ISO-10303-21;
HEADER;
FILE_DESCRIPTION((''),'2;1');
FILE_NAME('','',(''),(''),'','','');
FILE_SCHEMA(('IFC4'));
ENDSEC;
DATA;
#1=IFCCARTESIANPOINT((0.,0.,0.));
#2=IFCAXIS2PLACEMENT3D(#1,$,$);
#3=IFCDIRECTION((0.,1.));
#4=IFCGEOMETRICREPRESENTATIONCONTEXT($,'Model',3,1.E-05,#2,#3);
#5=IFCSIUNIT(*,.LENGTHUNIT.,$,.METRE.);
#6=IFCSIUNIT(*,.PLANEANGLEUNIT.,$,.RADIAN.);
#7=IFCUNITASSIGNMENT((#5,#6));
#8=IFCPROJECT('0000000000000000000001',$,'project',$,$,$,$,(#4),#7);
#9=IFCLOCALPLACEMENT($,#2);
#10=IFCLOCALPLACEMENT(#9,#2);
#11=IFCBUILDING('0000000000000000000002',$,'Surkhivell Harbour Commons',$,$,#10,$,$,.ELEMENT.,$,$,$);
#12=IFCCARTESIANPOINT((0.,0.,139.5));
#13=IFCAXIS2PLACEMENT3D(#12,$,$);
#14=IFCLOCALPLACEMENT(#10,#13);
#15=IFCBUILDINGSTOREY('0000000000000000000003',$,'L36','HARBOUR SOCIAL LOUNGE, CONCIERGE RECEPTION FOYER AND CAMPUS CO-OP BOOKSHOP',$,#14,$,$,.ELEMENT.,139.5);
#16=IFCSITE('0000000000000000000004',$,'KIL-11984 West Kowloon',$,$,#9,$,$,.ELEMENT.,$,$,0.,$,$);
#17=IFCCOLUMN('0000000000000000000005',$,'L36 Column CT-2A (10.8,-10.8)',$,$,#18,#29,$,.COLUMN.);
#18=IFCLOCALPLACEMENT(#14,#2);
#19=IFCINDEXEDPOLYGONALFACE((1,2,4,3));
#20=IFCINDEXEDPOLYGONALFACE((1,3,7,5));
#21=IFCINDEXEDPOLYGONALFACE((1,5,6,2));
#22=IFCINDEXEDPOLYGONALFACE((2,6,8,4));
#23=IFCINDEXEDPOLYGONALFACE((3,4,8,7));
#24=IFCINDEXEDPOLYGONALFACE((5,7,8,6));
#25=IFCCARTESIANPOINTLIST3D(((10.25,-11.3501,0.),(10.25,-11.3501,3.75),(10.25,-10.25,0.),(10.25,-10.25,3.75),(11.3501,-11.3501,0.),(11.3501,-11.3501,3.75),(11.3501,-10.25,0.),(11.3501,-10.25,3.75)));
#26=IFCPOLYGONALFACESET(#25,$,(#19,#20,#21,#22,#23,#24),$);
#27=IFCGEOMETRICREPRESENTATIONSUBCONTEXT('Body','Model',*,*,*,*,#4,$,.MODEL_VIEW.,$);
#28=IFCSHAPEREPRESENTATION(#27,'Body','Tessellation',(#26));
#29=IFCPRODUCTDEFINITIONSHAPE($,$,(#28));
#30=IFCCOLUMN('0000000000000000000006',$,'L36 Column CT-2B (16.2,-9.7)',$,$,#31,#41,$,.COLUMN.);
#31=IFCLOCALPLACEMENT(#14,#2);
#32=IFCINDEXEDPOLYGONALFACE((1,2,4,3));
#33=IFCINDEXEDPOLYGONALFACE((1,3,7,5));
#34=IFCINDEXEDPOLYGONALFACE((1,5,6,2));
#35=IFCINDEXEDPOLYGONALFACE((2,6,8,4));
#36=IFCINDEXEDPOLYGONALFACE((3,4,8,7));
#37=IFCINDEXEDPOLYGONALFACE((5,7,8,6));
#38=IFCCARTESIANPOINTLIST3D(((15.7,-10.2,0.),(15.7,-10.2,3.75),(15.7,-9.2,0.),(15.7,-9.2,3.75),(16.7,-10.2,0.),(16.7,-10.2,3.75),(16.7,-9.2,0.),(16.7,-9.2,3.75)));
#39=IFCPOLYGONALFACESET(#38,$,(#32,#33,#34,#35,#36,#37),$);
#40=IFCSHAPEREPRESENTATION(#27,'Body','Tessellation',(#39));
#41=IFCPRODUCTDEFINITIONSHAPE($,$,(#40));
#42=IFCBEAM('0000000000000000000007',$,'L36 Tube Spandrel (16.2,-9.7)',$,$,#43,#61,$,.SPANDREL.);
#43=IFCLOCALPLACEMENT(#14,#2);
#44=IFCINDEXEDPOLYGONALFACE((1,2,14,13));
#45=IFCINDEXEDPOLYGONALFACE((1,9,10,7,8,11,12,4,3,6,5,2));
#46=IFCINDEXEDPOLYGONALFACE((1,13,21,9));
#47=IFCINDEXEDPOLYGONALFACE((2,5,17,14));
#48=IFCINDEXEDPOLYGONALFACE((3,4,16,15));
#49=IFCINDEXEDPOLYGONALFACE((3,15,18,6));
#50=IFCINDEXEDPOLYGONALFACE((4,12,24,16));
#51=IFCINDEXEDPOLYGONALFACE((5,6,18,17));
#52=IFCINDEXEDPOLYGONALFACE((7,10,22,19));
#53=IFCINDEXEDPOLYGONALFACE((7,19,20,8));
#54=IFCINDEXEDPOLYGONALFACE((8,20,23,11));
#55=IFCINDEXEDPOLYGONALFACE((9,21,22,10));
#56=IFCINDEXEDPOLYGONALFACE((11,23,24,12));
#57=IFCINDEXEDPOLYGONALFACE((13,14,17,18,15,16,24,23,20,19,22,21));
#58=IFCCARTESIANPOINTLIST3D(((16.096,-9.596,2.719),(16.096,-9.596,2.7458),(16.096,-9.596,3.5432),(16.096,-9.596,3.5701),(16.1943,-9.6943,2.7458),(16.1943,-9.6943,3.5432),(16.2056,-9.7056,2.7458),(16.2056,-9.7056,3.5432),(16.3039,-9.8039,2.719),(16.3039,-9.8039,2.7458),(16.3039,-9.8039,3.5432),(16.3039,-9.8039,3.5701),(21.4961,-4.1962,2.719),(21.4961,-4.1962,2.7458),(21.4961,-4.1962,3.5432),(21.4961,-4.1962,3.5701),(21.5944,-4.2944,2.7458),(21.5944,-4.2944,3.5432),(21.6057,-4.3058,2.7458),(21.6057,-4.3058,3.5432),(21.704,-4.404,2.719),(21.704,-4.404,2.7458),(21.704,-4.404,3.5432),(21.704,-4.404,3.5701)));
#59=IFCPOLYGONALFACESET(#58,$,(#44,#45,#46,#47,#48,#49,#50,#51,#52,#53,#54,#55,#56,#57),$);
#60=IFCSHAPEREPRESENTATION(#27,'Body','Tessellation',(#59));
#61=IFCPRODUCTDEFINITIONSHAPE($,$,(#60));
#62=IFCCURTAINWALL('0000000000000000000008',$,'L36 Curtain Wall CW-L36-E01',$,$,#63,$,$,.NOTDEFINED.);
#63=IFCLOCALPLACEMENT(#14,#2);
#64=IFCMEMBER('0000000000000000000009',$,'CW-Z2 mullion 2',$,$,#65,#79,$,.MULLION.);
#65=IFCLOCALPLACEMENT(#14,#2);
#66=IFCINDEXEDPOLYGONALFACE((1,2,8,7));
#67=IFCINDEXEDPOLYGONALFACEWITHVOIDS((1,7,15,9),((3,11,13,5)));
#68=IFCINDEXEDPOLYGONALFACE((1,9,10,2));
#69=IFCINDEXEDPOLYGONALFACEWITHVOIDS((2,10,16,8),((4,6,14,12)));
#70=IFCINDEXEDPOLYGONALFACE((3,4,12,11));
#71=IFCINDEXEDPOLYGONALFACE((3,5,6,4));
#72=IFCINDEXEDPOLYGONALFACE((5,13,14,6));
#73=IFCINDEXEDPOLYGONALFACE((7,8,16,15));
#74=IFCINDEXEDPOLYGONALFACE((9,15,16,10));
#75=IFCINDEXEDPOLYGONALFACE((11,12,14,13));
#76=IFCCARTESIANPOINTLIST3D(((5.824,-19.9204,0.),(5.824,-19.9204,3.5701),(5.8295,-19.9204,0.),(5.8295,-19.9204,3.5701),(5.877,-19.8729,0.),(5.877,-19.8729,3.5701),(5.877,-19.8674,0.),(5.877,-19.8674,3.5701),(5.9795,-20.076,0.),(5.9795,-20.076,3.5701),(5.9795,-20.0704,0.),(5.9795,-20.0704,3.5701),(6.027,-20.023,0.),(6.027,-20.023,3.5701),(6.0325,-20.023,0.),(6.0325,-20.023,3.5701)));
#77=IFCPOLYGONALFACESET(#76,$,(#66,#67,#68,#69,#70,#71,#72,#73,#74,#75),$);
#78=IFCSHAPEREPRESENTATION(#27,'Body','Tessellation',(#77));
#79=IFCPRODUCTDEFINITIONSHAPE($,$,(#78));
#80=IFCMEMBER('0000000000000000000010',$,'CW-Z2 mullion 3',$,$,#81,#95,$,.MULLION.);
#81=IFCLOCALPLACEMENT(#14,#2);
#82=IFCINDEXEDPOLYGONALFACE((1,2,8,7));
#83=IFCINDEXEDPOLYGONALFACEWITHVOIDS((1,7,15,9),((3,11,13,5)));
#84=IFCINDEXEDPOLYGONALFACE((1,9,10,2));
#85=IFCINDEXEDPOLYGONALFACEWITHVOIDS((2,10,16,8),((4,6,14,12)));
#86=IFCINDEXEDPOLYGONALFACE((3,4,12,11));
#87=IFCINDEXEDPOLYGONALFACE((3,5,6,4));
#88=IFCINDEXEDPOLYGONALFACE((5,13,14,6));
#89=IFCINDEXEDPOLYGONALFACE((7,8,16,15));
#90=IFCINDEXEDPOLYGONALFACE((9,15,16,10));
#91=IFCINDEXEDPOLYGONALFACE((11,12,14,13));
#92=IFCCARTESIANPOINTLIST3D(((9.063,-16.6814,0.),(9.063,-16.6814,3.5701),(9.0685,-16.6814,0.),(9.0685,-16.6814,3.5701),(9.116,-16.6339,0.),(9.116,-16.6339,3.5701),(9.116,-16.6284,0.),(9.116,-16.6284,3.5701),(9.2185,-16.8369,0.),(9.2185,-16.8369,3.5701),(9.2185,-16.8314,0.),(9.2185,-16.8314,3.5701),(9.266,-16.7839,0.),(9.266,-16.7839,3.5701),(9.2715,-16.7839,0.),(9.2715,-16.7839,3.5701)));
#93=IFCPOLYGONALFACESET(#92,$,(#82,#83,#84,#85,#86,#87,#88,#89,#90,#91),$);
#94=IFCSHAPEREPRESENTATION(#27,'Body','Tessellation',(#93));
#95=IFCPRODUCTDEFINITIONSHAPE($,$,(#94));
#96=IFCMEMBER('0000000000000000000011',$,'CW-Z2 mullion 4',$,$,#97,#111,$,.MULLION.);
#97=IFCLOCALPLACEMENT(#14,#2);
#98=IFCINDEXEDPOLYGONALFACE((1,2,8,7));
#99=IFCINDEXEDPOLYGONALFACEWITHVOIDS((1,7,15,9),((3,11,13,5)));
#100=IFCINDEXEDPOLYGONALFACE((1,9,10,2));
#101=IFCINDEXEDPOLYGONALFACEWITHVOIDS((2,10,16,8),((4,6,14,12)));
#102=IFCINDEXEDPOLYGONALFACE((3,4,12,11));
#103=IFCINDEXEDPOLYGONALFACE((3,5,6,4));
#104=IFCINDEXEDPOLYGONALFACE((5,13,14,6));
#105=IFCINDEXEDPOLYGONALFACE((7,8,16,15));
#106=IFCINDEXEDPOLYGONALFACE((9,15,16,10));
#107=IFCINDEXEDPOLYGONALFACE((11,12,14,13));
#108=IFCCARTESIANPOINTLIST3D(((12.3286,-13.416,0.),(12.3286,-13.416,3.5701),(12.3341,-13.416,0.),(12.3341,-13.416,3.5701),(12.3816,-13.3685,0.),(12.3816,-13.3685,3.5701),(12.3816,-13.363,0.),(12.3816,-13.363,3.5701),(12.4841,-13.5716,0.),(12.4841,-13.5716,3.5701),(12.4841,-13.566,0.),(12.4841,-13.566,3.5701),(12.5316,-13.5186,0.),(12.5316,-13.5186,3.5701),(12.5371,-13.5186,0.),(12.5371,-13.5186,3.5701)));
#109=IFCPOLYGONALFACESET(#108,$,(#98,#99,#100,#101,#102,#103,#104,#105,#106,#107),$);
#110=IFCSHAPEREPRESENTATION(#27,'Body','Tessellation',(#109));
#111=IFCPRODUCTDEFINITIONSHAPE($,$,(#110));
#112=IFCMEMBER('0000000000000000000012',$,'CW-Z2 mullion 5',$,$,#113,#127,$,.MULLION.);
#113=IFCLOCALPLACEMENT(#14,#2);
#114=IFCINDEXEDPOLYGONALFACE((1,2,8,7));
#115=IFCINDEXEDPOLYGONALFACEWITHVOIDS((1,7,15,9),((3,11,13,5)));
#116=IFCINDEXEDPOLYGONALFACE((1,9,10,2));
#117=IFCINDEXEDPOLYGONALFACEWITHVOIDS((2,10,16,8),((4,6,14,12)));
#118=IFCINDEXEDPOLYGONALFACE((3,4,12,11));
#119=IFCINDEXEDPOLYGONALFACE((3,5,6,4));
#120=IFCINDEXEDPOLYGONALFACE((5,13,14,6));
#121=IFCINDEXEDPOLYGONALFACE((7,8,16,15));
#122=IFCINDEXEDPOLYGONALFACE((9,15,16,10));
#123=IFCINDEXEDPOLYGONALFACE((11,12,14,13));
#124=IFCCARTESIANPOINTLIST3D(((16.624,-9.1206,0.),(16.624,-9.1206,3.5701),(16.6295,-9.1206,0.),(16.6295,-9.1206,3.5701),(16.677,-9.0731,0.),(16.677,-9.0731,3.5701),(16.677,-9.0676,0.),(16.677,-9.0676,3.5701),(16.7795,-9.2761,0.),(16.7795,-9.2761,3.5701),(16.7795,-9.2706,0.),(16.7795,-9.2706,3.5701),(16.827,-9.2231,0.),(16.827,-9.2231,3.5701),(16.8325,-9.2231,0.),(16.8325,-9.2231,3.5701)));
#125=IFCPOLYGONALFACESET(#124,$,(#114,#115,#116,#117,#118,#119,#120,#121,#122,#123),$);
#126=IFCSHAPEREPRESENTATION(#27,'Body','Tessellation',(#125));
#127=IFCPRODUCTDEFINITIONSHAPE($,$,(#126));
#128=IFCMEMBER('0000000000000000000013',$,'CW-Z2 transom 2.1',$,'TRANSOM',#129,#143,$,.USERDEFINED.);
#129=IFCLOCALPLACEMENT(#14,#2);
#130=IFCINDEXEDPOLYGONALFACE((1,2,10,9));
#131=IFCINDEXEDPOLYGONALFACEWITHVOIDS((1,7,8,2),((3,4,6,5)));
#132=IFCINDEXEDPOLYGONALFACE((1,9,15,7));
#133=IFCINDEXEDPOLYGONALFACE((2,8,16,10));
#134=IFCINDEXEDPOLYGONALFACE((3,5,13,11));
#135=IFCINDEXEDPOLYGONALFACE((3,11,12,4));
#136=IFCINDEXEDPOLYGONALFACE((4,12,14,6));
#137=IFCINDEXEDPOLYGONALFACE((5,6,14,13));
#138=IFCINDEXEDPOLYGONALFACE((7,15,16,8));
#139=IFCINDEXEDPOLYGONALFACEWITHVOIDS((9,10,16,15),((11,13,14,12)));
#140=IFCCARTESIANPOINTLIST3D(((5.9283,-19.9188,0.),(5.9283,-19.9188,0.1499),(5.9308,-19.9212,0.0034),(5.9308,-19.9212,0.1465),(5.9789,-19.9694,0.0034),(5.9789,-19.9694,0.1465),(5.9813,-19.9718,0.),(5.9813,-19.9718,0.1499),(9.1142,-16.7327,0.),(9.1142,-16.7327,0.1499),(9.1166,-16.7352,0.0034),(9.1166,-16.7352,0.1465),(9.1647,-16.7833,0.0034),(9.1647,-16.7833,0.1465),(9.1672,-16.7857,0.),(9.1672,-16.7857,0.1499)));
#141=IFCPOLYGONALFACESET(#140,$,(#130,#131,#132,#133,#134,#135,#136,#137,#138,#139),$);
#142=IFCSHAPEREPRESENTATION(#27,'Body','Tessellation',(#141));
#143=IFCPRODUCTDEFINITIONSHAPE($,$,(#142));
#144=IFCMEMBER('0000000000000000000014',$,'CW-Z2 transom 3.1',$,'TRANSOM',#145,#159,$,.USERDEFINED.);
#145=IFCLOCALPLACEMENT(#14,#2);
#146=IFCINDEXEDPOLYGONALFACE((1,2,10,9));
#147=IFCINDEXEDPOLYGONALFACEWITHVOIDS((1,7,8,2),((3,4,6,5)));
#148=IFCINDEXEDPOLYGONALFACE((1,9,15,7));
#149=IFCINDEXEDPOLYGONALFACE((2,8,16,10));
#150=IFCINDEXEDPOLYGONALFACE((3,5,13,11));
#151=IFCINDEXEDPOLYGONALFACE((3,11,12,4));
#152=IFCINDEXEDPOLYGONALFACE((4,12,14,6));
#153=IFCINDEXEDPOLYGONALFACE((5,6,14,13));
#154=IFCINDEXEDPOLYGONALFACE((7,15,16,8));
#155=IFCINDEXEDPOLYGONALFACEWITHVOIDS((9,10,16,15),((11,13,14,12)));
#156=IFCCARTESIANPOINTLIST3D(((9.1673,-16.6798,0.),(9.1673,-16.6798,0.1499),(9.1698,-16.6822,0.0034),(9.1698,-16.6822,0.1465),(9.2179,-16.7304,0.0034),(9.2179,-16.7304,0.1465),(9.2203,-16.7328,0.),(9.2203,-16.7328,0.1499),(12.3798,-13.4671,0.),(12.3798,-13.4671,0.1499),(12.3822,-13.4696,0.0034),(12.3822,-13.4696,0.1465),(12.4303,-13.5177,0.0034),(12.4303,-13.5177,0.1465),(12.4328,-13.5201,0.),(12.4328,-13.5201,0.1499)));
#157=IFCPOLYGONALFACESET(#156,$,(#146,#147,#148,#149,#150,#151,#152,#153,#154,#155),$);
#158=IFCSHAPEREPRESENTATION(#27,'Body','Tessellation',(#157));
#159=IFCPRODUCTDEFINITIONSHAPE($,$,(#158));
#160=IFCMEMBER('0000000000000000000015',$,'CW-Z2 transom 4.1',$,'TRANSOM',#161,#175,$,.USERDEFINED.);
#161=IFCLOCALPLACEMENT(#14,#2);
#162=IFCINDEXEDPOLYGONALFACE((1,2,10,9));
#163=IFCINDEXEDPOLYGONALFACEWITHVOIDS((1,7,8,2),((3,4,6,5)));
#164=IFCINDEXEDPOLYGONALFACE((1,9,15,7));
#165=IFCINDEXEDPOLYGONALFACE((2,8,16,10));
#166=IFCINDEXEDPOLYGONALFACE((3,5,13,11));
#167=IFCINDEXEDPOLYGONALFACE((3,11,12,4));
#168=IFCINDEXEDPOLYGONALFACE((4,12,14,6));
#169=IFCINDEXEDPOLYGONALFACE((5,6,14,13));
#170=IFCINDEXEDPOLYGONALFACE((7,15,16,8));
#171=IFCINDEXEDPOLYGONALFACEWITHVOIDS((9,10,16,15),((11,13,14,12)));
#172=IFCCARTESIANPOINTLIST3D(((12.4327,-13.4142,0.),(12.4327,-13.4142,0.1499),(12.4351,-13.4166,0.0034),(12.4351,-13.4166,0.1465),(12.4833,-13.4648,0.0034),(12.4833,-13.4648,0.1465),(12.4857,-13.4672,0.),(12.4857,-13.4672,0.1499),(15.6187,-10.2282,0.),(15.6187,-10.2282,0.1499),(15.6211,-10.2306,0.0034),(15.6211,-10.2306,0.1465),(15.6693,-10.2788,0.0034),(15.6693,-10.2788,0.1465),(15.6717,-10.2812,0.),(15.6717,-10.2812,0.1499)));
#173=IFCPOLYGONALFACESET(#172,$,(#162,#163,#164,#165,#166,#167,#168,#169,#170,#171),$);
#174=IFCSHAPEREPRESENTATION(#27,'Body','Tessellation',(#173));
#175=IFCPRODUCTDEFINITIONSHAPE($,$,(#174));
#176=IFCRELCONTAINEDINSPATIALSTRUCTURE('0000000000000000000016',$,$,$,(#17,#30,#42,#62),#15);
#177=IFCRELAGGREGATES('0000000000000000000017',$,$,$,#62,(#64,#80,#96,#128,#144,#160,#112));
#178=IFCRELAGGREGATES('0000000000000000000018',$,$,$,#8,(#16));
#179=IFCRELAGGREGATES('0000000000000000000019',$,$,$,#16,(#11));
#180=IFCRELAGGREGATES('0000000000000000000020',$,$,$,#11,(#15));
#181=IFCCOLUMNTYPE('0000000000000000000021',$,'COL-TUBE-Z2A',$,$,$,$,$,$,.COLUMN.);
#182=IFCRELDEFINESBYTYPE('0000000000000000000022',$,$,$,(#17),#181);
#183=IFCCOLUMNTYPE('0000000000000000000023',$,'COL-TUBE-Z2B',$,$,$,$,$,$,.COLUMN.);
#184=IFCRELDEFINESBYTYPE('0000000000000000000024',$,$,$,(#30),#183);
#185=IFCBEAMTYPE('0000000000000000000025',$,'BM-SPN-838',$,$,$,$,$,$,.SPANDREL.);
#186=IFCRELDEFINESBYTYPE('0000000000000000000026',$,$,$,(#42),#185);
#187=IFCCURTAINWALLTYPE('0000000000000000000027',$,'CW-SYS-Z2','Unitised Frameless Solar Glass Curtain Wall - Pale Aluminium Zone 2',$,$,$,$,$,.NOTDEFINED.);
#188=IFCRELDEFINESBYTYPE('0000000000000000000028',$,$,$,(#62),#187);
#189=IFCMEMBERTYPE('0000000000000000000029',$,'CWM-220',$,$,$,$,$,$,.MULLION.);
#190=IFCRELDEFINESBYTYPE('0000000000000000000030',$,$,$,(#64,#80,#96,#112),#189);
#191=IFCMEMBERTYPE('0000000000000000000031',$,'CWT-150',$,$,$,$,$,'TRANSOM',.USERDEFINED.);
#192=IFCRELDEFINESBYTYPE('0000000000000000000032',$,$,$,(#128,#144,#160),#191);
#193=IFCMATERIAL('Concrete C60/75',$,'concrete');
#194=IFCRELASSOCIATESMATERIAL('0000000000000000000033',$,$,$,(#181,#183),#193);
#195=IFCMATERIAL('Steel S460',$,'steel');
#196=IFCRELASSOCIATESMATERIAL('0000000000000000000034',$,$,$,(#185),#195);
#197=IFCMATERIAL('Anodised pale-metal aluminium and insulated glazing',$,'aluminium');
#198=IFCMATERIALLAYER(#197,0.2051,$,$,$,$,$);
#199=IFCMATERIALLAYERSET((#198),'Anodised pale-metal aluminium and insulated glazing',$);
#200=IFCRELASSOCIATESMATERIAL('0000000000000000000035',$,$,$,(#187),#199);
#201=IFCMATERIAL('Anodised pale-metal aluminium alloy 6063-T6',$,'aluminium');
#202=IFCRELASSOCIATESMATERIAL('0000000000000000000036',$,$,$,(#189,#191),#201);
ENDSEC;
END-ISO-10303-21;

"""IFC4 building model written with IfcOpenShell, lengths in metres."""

from ifc_helpers import new_model, si_unit, direction, frame, origin, origin_2d, place, context, subcontext, project, spatial, rectangle, hollow_rectangle, i_section, extrude, material, layer, layer_set, material_profile, profile_set, type_object, element, aggregate, save


model = new_model("IFC4")

# Units and contexts
model_context = context("Model", 3, precision=1e-05, world=origin(), true_north=direction((0.0, 1.0)))
body_context = subcontext(model_context, "Body", "Model", "MODEL_VIEW")
ifc_project = project(units=[si_unit("LENGTHUNIT", "METRE"), si_unit("PLANEANGLEUNIT", "RADIAN")], contexts=[model_context])

# Site, building, storey
site_placement = place(None, origin())
site = spatial("IfcSite", under=ifc_project, at=site_placement, Name="KIL-11984 West Kowloon", CompositionType="ELEMENT", RefElevation=0.0)
building_placement = place(site_placement, origin())
building = spatial("IfcBuilding", under=site, at=building_placement, Name="Surkhivell Harbour Commons", CompositionType="ELEMENT")
storey_placement = place(building_placement, frame((0.0, 0.0, 139.5)))
storey = spatial("IfcBuildingStorey", under=building, at=storey_placement, Name="L36", Description="HARBOUR SOCIAL LOUNGE, CONCIERGE RECEPTION FOYER AND CAMPUS CO-OP BOOKSHOP", CompositionType="ELEMENT", Elevation=139.5)

# Columns
ifc_material_1 = material(Name="Concrete C60/75", Category="concrete")
ifc_material_profile_1 = material_profile(ifc_material_1, rectangle(XDim=1.1001, YDim=1.1001, at=origin_2d()), Name="RC-COL-1100x1100")
ifc_profile_set_1 = profile_set([ifc_material_profile_1], Name="Concrete C60/75")
column_type_1 = type_object("IfcColumnType", Name="COL-TUBE-Z2A", PredefinedType="COLUMN", material=ifc_profile_set_1)
column_1_placement = place(storey_placement, frame((10.8, -10.8, 0.0), z_axis=(0.0, 0.0, 1.0), x_axis=(1.0, 0.0, 0.0)))
element("IfcColumn", 1, at=column_1_placement, inside=storey, type_object=column_type_1, Name="L36 Column CT-2A (10.8,-10.8)", PredefinedType="COLUMN", context=body_context, shape_type="SweptSolid", body=[
    extrude(rectangle(XDim=1.1001, YDim=1.1001, at=origin_2d()), origin(), (0.0, 0.0, 1.0), 3.75),
])
ifc_material_profile_2 = material_profile(ifc_material_1, rectangle(XDim=1.0, YDim=1.0, at=origin_2d()), Name="RC-COL-1000x1000")
ifc_profile_set_2 = profile_set([ifc_material_profile_2], Name="Concrete C60/75")
column_type_2 = type_object("IfcColumnType", Name="COL-TUBE-Z2B", PredefinedType="COLUMN", material=ifc_profile_set_2)
column_2_placement = place(storey_placement, frame((16.2, -9.7, 0.0), z_axis=(0.0, 0.0, 1.0), x_axis=(1.0, 0.0, 0.0)))
element("IfcColumn", 2, at=column_2_placement, inside=storey, type_object=column_type_2, Name="L36 Column CT-2B (16.2,-9.7)", PredefinedType="COLUMN", context=body_context, shape_type="SweptSolid", body=[
    extrude(rectangle(XDim=1.0, YDim=1.0, at=origin_2d()), origin(), (0.0, 0.0, 1.0), 3.75),
])

# Beam
ifc_material_2 = material(Name="Steel S460", Category="steel")
ifc_material_profile_3 = material_profile(ifc_material_2, i_section(OverallWidth=0.2939, OverallDepth=0.8511, WebThickness=0.0161, FlangeThickness=0.0269, at=origin_2d()), Name="UB838x292x226")
ifc_profile_set_3 = profile_set([ifc_material_profile_3], Name="Steel S460")
beam_type = type_object("IfcBeamType", Name="BM-SPN-838", PredefinedType="SPANDREL", material=ifc_profile_set_3)
beam_placement = place(storey_placement, frame((16.2, -9.7, 3.1445), z_axis=(0.707123, 0.707091, 0.0), x_axis=(-0.707091, 0.707123, 0.0)))
element("IfcBeam", 3, at=beam_placement, inside=storey, type_object=beam_type, Name="L36 Tube Spandrel (16.2,-9.7)", PredefinedType="SPANDREL", context=body_context, shape_type="SweptSolid", body=[
    extrude(i_section(OverallWidth=0.2939, OverallDepth=0.8511, WebThickness=0.0161, FlangeThickness=0.0269, at=origin_2d()), origin(), (0.0, 0.0, 1.0), 7.6367),
])

# Curtain wall, members
ifc_material_3 = material(Name="Anodised pale-metal aluminium and insulated glazing", Category="aluminium")
ifc_layer_1 = layer(ifc_material_3, 0.2051)
ifc_layer_set_1 = layer_set([ifc_layer_1], Name="Anodised pale-metal aluminium and insulated glazing")
curtain_wall_type = type_object("IfcCurtainWallType", Name="CW-SYS-Z2", Description="Unitised Frameless Solar Glass Curtain Wall - Pale Aluminium Zone 2", PredefinedType="NOTDEFINED", material=ifc_layer_set_1)
curtain_wall_placement = place(storey_placement, origin())
curtain_wall = element("IfcCurtainWall", 4, at=curtain_wall_placement, inside=storey, type_object=curtain_wall_type, Name="L36 Curtain Wall CW-L36-E01", PredefinedType="NOTDEFINED")
ifc_material_4 = material(Name="Anodised pale-metal aluminium alloy 6063-T6", Category="aluminium")
ifc_material_profile_4 = material_profile(ifc_material_4, hollow_rectangle(XDim=0.075, YDim=0.22, WallThickness=0.0039, at=origin_2d()), Name="ALU-MULL-75x220")
ifc_profile_set_4 = profile_set([ifc_material_profile_4], Name="Anodised pale-metal aluminium alloy 6063-T6")
member_type_1 = type_object("IfcMemberType", Name="CWM-220", PredefinedType="MULLION", material=ifc_profile_set_4)
member_1_placement = place(storey_placement, frame((5.9282, -19.9717, 0.0), z_axis=(0.0, 0.0, 1.0), x_axis=(0.707107, 0.707107, 0.0)))
member_1 = element("IfcMember", 5, at=member_1_placement, type_object=member_type_1, Name="CW-Z2 mullion 2", PredefinedType="MULLION", context=body_context, shape_type="SweptSolid", body=[
    extrude(hollow_rectangle(XDim=0.075, YDim=0.22, WallThickness=0.0039, at=origin_2d()), origin(), (0.0, 0.0, 1.0), 3.5701),
])
member_2_placement = place(storey_placement, frame((9.1672, -16.7327, 0.0), z_axis=(0.0, 0.0, 1.0), x_axis=(0.707107, 0.707107, 0.0)))
member_2 = element("IfcMember", 6, at=member_2_placement, type_object=member_type_1, Name="CW-Z2 mullion 3", PredefinedType="MULLION", context=body_context, shape_type="SweptSolid", body=[
    extrude(hollow_rectangle(XDim=0.075, YDim=0.22, WallThickness=0.0039, at=origin_2d()), origin(), (0.0, 0.0, 1.0), 3.5701),
])
member_3_placement = place(storey_placement, frame((12.4329, -13.4673, 0.0), z_axis=(0.0, 0.0, 1.0), x_axis=(0.707107, 0.707107, 0.0)))
member_3 = element("IfcMember", 7, at=member_3_placement, type_object=member_type_1, Name="CW-Z2 mullion 4", PredefinedType="MULLION", context=body_context, shape_type="SweptSolid", body=[
    extrude(hollow_rectangle(XDim=0.075, YDim=0.22, WallThickness=0.0039, at=origin_2d()), origin(), (0.0, 0.0, 1.0), 3.5701),
])
member_4_placement = place(storey_placement, frame((16.7283, -9.1719, 0.0), z_axis=(0.0, 0.0, 1.0), x_axis=(0.707107, 0.707107, 0.0)))
member_4 = element("IfcMember", 8, at=member_4_placement, type_object=member_type_1, Name="CW-Z2 mullion 5", PredefinedType="MULLION", context=body_context, shape_type="SweptSolid", body=[
    extrude(hollow_rectangle(XDim=0.075, YDim=0.22, WallThickness=0.0039, at=origin_2d()), origin(), (0.0, 0.0, 1.0), 3.5701),
])
ifc_material_profile_5 = material_profile(ifc_material_4, hollow_rectangle(XDim=0.075, YDim=0.1499, WallThickness=0.0034, at=origin_2d()), Name="ALU-TRAN-75x150")
ifc_profile_set_5 = profile_set([ifc_material_profile_5], Name="Anodised pale-metal aluminium alloy 6063-T6")
member_type_2 = type_object("IfcMemberType", Name="CWT-150", ElementType="TRANSOM", PredefinedType="USERDEFINED", material=ifc_profile_set_5)
member_5_placement = place(storey_placement, frame((5.9548, -19.9453, 0.075), z_axis=(0.70708, 0.707134, 0.0), x_axis=(-0.707134, 0.70708, 0.0)))
member_5 = element("IfcMember", 9, at=member_5_placement, type_object=member_type_2, Name="CW-Z2 transom 2.1", ObjectType="TRANSOM", PredefinedType="USERDEFINED", context=body_context, shape_type="SweptSolid", body=[
    extrude(hollow_rectangle(XDim=0.075, YDim=0.1499, WallThickness=0.0034, at=origin_2d()), origin(), (0.0, 0.0, 1.0), 4.5056),
])
member_6_placement = place(storey_placement, frame((9.1938, -16.7063, 0.075), z_axis=(0.70708, 0.707134, 0.0), x_axis=(-0.707134, 0.70708, 0.0)))
member_6 = element("IfcMember", 10, at=member_6_placement, type_object=member_type_2, Name="CW-Z2 transom 3.1", ObjectType="TRANSOM", PredefinedType="USERDEFINED", context=body_context, shape_type="SweptSolid", body=[
    extrude(hollow_rectangle(XDim=0.075, YDim=0.1499, WallThickness=0.0034, at=origin_2d()), origin(), (0.0, 0.0, 1.0), 4.5432),
])
member_7_placement = place(storey_placement, frame((12.4592, -13.4407, 0.075), z_axis=(0.707107, 0.707107, 0.0), x_axis=(-0.707107, 0.707107, 0.0)))
member_7 = element("IfcMember", 11, at=member_7_placement, type_object=member_type_2, Name="CW-Z2 transom 4.1", ObjectType="TRANSOM", PredefinedType="USERDEFINED", context=body_context, shape_type="SweptSolid", body=[
    extrude(hollow_rectangle(XDim=0.075, YDim=0.1499, WallThickness=0.0034, at=origin_2d()), origin(), (0.0, 0.0, 1.0), 4.5056),
])
aggregate(curtain_wall, [member_1, member_2, member_3, member_5, member_6, member_7, member_4])

save(model, "model.ifc")
